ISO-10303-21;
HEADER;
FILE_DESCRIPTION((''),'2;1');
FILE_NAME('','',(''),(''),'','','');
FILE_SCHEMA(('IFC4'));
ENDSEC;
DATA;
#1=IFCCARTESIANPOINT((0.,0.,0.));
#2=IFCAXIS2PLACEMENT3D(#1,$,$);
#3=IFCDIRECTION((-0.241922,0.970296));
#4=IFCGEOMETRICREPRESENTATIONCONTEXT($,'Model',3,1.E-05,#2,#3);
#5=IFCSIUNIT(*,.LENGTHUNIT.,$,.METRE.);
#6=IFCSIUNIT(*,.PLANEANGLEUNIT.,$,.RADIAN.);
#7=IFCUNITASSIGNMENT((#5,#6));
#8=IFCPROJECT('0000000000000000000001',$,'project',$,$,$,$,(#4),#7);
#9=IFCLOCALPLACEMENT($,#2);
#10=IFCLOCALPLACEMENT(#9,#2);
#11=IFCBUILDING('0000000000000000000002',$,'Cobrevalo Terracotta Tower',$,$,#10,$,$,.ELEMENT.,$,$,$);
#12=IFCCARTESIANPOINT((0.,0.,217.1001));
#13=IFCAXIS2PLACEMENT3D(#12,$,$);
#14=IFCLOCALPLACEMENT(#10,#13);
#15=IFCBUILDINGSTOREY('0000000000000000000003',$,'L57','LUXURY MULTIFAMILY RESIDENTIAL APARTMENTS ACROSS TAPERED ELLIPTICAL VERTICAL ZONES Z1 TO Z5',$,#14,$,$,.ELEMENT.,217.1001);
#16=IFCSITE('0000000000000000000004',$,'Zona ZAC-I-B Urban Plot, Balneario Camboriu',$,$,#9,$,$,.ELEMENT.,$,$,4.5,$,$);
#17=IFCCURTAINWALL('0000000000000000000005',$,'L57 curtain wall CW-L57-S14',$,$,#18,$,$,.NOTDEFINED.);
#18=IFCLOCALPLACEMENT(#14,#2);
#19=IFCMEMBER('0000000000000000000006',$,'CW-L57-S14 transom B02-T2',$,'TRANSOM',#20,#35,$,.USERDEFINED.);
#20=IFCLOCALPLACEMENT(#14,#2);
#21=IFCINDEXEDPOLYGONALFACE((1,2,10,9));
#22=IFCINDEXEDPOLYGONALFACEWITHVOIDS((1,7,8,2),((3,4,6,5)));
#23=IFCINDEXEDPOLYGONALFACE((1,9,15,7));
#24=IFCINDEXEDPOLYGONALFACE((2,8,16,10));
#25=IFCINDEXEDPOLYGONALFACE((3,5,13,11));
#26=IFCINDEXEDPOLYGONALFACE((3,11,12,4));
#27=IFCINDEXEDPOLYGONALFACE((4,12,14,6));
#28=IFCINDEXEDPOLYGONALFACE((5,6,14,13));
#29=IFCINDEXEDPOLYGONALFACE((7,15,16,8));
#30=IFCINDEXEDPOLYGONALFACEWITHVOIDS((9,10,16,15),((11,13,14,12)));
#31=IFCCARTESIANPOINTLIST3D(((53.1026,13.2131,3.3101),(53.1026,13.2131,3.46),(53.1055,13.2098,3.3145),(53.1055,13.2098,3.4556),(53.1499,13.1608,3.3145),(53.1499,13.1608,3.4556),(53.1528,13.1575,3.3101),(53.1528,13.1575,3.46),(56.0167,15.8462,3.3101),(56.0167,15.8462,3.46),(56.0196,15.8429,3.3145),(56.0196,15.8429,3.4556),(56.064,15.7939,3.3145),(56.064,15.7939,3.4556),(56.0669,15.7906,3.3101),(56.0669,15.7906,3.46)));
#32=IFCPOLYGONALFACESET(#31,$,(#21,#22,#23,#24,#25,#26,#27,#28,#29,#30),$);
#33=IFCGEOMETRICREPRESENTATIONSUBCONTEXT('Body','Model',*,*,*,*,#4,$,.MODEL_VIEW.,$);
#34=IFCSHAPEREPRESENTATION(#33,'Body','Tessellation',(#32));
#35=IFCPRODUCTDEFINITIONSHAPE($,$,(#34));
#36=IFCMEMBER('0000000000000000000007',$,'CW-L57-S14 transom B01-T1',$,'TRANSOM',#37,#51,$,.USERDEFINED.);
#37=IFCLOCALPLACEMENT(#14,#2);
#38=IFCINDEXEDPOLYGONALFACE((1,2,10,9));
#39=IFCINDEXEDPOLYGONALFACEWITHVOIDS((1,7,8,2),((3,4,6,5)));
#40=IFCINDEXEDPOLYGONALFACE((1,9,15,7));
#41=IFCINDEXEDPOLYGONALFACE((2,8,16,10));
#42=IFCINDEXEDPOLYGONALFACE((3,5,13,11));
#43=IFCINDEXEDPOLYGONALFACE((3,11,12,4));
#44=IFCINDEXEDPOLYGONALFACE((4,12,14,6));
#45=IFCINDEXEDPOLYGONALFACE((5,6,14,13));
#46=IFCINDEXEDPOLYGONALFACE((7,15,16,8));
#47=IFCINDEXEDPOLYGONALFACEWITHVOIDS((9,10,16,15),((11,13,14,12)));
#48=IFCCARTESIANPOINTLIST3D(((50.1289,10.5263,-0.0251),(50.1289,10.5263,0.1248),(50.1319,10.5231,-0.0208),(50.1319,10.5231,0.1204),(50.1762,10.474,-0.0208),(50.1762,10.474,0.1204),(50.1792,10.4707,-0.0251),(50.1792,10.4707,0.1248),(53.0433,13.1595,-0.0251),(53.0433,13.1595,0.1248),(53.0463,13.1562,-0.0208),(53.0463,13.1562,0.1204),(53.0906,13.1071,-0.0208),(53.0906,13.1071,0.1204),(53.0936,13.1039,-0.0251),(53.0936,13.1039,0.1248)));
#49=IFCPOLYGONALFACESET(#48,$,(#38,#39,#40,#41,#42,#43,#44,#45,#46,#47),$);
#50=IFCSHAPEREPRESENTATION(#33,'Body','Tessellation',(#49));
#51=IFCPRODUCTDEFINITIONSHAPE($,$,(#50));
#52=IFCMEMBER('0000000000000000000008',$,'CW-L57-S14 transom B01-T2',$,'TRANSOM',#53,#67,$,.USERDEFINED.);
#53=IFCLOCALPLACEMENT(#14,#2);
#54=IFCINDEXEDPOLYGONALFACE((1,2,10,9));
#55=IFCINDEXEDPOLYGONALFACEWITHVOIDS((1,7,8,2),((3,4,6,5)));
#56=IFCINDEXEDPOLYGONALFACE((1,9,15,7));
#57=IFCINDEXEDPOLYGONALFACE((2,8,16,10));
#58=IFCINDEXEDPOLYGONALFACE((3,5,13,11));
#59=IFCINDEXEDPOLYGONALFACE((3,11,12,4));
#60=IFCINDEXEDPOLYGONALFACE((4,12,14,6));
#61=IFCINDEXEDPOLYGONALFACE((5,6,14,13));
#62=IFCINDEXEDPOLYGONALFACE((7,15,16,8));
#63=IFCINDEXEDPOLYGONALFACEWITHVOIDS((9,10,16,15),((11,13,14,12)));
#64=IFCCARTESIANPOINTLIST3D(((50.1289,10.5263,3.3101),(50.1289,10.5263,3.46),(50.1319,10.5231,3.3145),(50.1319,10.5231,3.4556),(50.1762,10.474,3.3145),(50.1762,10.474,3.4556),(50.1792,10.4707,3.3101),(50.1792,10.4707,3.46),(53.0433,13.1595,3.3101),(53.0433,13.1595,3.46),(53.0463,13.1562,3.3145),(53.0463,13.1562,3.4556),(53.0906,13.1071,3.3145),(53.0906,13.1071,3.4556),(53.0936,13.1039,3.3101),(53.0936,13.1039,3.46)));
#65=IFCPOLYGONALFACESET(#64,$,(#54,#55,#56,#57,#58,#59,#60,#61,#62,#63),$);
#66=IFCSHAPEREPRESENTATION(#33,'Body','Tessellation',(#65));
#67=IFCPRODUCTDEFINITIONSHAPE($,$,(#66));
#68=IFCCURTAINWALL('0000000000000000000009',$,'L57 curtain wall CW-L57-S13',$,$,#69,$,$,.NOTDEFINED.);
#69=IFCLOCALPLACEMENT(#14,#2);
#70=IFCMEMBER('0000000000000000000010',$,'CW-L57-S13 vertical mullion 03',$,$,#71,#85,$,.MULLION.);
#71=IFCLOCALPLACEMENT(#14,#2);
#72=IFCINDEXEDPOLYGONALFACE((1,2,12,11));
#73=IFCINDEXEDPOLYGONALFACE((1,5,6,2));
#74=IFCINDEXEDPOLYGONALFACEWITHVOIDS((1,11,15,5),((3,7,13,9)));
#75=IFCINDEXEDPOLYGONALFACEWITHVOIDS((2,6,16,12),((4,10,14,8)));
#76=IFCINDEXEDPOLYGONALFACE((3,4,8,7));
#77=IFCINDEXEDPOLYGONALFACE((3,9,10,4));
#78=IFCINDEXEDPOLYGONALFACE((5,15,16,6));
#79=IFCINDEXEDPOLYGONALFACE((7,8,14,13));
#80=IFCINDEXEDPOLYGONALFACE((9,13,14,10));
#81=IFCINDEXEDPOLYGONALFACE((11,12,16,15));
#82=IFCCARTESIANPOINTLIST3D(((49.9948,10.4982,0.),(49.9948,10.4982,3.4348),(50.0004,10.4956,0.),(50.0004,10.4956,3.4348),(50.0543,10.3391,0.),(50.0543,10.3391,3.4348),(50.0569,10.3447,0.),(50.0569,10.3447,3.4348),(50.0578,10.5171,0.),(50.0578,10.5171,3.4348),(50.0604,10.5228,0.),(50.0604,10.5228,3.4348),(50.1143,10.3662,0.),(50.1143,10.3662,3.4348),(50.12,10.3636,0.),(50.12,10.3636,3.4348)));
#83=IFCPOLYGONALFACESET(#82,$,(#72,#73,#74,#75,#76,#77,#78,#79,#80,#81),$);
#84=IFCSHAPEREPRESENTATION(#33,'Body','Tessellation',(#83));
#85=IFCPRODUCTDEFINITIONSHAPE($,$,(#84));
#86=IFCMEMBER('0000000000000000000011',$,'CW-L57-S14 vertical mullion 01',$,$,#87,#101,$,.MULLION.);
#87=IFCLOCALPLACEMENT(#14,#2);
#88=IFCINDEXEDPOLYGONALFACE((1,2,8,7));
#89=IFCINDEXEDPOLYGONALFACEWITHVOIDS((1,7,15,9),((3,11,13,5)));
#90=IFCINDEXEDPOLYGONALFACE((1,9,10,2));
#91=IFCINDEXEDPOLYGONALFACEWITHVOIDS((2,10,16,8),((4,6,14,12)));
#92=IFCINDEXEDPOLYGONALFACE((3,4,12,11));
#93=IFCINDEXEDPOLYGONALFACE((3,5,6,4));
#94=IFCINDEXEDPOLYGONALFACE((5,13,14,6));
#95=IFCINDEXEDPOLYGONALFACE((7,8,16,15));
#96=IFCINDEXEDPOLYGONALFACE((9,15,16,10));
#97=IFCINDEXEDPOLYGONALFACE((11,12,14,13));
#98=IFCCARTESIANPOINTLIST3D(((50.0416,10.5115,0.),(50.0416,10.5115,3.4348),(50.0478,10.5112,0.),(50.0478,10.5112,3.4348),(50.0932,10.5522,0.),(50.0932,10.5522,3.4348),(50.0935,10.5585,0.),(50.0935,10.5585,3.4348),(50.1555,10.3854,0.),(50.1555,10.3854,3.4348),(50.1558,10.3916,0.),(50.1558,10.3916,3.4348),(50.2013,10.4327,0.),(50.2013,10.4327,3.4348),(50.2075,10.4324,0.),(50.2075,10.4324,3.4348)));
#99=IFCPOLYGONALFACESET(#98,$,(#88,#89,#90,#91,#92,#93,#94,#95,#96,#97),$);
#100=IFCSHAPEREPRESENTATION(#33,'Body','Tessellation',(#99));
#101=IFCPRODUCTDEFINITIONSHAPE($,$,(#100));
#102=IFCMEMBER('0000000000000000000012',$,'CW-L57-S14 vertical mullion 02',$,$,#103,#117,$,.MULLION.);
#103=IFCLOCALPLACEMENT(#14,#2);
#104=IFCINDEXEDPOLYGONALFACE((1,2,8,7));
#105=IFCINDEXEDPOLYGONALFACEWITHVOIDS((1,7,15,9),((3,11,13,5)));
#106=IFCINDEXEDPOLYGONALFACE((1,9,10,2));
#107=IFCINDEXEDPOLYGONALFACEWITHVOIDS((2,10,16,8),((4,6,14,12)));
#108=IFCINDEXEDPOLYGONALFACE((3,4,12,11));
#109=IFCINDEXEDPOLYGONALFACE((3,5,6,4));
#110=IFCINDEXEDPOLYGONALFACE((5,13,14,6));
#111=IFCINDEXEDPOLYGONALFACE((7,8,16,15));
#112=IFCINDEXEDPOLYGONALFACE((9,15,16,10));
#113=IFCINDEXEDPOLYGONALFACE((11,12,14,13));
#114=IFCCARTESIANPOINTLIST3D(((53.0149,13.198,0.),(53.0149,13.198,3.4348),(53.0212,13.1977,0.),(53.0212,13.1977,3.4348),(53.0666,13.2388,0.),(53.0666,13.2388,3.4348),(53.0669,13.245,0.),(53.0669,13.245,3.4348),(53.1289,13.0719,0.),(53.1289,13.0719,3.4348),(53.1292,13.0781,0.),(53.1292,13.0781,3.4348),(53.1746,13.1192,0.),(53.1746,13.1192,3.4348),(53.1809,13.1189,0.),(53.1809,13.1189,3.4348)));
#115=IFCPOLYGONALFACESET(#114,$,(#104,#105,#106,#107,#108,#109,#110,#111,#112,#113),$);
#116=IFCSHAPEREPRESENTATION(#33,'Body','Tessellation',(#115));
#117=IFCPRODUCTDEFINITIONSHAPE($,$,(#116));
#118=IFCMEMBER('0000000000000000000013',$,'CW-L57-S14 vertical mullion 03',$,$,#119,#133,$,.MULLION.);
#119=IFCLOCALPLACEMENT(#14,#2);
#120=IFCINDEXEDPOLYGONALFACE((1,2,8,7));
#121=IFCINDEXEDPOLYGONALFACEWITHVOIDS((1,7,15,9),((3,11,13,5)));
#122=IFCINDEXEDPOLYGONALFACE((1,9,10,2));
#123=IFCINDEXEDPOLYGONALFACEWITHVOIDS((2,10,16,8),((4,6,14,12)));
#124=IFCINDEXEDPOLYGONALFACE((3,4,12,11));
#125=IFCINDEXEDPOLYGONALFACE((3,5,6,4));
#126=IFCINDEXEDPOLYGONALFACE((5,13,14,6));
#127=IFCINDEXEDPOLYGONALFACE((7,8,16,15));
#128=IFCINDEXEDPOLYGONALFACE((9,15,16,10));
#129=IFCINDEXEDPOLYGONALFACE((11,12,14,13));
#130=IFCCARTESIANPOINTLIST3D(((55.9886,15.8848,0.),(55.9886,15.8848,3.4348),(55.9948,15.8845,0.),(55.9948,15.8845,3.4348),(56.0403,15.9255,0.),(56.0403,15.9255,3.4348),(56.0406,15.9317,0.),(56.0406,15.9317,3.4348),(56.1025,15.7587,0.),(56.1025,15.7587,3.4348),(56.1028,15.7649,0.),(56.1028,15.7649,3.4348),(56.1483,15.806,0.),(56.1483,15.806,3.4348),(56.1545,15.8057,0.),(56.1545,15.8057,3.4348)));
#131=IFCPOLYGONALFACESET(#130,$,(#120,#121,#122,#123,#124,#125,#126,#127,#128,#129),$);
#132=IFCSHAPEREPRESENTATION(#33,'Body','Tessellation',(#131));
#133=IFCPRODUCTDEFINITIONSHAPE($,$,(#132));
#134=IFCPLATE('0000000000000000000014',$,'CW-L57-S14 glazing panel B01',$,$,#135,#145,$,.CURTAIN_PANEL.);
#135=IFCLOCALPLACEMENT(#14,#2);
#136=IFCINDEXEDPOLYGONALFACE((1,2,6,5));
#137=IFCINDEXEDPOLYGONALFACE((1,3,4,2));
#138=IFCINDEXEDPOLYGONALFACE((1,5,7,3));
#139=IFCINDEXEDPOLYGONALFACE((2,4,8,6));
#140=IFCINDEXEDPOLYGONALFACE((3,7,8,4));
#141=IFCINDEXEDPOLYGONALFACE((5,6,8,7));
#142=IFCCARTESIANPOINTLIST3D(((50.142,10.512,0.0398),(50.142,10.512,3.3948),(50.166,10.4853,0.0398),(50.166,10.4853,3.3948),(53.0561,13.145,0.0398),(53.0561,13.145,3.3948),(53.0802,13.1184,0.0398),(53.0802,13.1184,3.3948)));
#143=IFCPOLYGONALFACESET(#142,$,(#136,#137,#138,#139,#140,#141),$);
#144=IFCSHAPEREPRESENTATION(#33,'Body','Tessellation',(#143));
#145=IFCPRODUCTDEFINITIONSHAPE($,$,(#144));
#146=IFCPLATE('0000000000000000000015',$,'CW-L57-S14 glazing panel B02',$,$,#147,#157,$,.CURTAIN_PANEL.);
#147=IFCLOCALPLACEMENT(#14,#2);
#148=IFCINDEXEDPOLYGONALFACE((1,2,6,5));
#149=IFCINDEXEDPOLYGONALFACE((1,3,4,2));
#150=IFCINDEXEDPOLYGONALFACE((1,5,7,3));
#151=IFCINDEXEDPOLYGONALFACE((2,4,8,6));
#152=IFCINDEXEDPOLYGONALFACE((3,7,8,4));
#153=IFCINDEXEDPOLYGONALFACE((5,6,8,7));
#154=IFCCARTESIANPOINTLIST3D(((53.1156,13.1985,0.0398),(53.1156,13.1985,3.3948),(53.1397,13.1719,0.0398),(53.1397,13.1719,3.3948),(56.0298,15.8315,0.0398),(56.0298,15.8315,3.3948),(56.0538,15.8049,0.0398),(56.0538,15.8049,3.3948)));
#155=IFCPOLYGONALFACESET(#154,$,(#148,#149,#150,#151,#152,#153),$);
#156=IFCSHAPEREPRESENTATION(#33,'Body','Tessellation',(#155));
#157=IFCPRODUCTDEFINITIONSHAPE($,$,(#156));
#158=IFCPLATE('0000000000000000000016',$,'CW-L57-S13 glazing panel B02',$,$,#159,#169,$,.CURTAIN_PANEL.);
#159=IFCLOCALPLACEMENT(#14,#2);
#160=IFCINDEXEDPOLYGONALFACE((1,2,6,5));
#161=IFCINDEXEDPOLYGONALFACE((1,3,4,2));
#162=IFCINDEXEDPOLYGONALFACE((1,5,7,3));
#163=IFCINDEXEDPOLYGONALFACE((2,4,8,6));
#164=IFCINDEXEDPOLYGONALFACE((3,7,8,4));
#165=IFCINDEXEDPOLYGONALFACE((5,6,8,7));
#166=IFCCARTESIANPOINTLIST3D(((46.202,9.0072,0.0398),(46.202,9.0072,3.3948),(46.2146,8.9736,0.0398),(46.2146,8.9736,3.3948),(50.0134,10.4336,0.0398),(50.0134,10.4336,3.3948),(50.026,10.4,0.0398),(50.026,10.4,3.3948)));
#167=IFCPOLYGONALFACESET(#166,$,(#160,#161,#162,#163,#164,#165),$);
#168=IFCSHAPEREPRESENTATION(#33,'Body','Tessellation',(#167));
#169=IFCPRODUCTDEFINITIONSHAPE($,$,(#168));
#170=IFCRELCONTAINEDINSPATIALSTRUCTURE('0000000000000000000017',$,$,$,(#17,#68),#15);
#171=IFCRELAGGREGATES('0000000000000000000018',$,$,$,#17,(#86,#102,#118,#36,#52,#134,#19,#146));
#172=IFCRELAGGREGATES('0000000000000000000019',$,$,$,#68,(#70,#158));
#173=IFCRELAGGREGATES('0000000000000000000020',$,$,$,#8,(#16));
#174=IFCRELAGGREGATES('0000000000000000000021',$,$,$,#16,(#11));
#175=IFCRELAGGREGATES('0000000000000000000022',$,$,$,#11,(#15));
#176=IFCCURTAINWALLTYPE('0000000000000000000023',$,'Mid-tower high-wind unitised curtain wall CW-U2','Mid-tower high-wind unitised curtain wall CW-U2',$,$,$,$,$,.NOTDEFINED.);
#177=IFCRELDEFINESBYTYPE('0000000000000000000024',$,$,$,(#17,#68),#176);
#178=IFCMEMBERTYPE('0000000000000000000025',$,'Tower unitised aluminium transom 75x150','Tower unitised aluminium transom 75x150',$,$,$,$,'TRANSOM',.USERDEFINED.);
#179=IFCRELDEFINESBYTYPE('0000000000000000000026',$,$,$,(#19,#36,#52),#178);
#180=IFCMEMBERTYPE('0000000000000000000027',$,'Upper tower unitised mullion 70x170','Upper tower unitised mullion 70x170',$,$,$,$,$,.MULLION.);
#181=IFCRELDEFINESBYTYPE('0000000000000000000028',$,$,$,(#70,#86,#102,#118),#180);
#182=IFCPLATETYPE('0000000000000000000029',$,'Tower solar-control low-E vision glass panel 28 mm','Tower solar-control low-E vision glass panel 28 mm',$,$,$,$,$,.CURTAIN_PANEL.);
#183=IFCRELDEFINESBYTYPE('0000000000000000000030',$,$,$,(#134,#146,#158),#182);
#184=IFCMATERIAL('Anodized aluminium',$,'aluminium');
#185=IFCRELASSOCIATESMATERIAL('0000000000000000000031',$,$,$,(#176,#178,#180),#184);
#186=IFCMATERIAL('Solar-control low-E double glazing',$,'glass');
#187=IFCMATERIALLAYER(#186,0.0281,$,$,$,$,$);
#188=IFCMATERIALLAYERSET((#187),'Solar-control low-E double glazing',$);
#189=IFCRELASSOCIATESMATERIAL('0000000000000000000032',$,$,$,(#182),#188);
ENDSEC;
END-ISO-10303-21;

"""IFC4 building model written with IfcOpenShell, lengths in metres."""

from ifc_helpers import new_model, si_unit, direction, frame, origin, origin_2d, place, context, subcontext, project, spatial, rectangle, hollow_rectangle, extrude, source, transform, mapped, material, layer, layer_set, material_profile, profile_set, type_object, element, aggregate, save


model = new_model("IFC4")

# Units and contexts
model_context = context("Model", 3, precision=1e-05, world=origin(), true_north=direction((-0.241922, 0.970296)))
body_context = subcontext(model_context, "Body", "Model", "MODEL_VIEW")
ifc_project = project(units=[si_unit("LENGTHUNIT", "METRE"), si_unit("PLANEANGLEUNIT", "RADIAN")], contexts=[model_context])

# Site, building, storey
site_placement = place(None, origin())
site = spatial("IfcSite", under=ifc_project, at=site_placement, Name="Zona ZAC-I-B Urban Plot, Balneario Camboriu", CompositionType="ELEMENT", RefElevation=4.5)
building_placement = place(site_placement, origin())
building = spatial("IfcBuilding", under=site, at=building_placement, Name="Cobrevalo Terracotta Tower", CompositionType="ELEMENT")
storey_placement = place(building_placement, frame((0.0, 0.0, 217.1001)))
storey = spatial("IfcBuildingStorey", under=building, at=storey_placement, Name="L57", Description="LUXURY MULTIFAMILY RESIDENTIAL APARTMENTS ACROSS TAPERED ELLIPTICAL VERTICAL ZONES Z1 TO Z5", CompositionType="ELEMENT", Elevation=217.1001)

# Curtain wall, members
ifc_material_1 = material(Name="Anodized aluminium", Category="aluminium")
curtain_wall_type = type_object("IfcCurtainWallType", Name="Mid-tower high-wind unitised curtain wall CW-U2", Description="Mid-tower high-wind unitised curtain wall CW-U2", PredefinedType="NOTDEFINED", material=ifc_material_1)
curtain_wall_1_placement = place(storey_placement, origin())
curtain_wall_1 = element("IfcCurtainWall", 1, at=curtain_wall_1_placement, inside=storey, type_object=curtain_wall_type, Name="L57 curtain wall CW-L57-S14", PredefinedType="NOTDEFINED")
ifc_material_profile_1 = material_profile(ifc_material_1, hollow_rectangle(XDim=0.075, YDim=0.1499, WallThickness=0.0044, at=origin_2d()), Name="CWT 75x150")
ifc_profile_set_1 = profile_set([ifc_material_profile_1], Name="Anodized aluminium")
member_type_1 = type_object("IfcMemberType", Name="Tower unitised aluminium transom 75x150", Description="Tower unitised aluminium transom 75x150", ElementType="TRANSOM", PredefinedType="USERDEFINED", material=ifc_profile_set_1)
shared_shape_1 = source(origin(), body_context, "Body", "SweptSolid", [
    extrude(hollow_rectangle(XDim=0.075, YDim=0.1499, WallThickness=0.0044, at=origin_2d()), origin(), (0.0, 0.0, 1.0), 3.9275),
])
member_1_placement = place(storey_placement, frame((53.1277, 13.1853, 3.385), z_axis=(0.741976, 0.670426, 0.0), x_axis=(-0.670426, 0.741976, 0.0)))
member_1 = element("IfcMember", 2, at=member_1_placement, type_object=member_type_1, Name="CW-L57-S14 transom B02-T2", ObjectType="TRANSOM", PredefinedType="USERDEFINED", context=body_context, shape_type="MappedRepresentation", body=[
    mapped(shared_shape_1, transform((0.0, 0.0, 0.0), scale=1.0)),
])
shared_shape_2 = source(origin(), body_context, "Body", "SweptSolid", [
    extrude(hollow_rectangle(XDim=0.075, YDim=0.1499, WallThickness=0.0044, at=origin_2d()), origin(), (0.0, 0.0, 1.0), 3.9277),
])
member_2_placement = place(storey_placement, frame((50.1541, 10.4985, 0.0498), z_axis=(0.742004, 0.670396, 0.0), x_axis=(-0.670396, 0.742004, 0.0)))
member_2 = element("IfcMember", 3, at=member_2_placement, type_object=member_type_1, Name="CW-L57-S14 transom B01-T1", ObjectType="TRANSOM", PredefinedType="USERDEFINED", context=body_context, shape_type="MappedRepresentation", body=[
    mapped(shared_shape_2, transform((0.0, 0.0, 0.0), scale=1.0)),
])
member_3_placement = place(storey_placement, frame((50.1541, 10.4985, 3.385), z_axis=(0.742004, 0.670396, 0.0), x_axis=(-0.670396, 0.742004, 0.0)))
member_3 = element("IfcMember", 4, at=member_3_placement, type_object=member_type_1, Name="CW-L57-S14 transom B01-T2", ObjectType="TRANSOM", PredefinedType="USERDEFINED", context=body_context, shape_type="MappedRepresentation", body=[
    mapped(shared_shape_2, transform((0.0, 0.0, 0.0), scale=1.0)),
])

# Curtain wall, member
curtain_wall_2_placement = place(storey_placement, origin())
curtain_wall_2 = element("IfcCurtainWall", 5, at=curtain_wall_2_placement, inside=storey, type_object=curtain_wall_type, Name="L57 curtain wall CW-L57-S13", PredefinedType="NOTDEFINED")
ifc_material_profile_2 = material_profile(ifc_material_1, hollow_rectangle(XDim=0.0701, YDim=0.1699, WallThickness=0.0044, at=origin_2d()), Name="CWM 70x170")
ifc_profile_set_2 = profile_set([ifc_material_profile_2], Name="Anodized aluminium")
member_type_2 = type_object("IfcMemberType", Name="Upper tower unitised mullion 70x170", Description="Upper tower unitised mullion 70x170", PredefinedType="MULLION", material=ifc_profile_set_2)
shared_shape_3 = source(origin(), body_context, "Body", "SweptSolid", [
    extrude(hollow_rectangle(XDim=0.0701, YDim=0.1699, WallThickness=0.0044, at=origin_2d()), origin(), (0.0, 0.0, 1.0), 3.4348),
])
member_4_placement = place(storey_placement, frame((50.0574, 10.4309, 0.0), z_axis=(0.0, 0.0, 1.0), x_axis=(0.936556, 0.350518, 0.0)))
member_4 = element("IfcMember", 6, at=member_4_placement, type_object=member_type_2, Name="CW-L57-S13 vertical mullion 03", PredefinedType="MULLION", context=body_context, shape_type="MappedRepresentation", body=[
    mapped(shared_shape_3, transform((0.0, 0.0, 0.0), scale=1.0)),
])

# Members
member_5_placement = place(storey_placement, frame((50.1245, 10.4719, 0.0), z_axis=(0.0, 0.0, 1.0), x_axis=(0.741988, 0.670414, 0.0)))
member_5 = element("IfcMember", 7, at=member_5_placement, type_object=member_type_2, Name="CW-L57-S14 vertical mullion 01", PredefinedType="MULLION", context=body_context, shape_type="MappedRepresentation", body=[
    mapped(shared_shape_3, transform((0.0, 0.0, 0.0), scale=1.0)),
])
member_6_placement = place(storey_placement, frame((53.0979, 13.1584, 0.0), z_axis=(0.0, 0.0, 1.0), x_axis=(0.741988, 0.670414, 0.0)))
member_6 = element("IfcMember", 8, at=member_6_placement, type_object=member_type_2, Name="CW-L57-S14 vertical mullion 02", PredefinedType="MULLION", context=body_context, shape_type="MappedRepresentation", body=[
    mapped(shared_shape_3, transform((0.0, 0.0, 0.0), scale=1.0)),
])
member_7_placement = place(storey_placement, frame((56.0715, 15.8452, 0.0), z_axis=(0.0, 0.0, 1.0), x_axis=(0.741988, 0.670414, 0.0)))
member_7 = element("IfcMember", 9, at=member_7_placement, type_object=member_type_2, Name="CW-L57-S14 vertical mullion 03", PredefinedType="MULLION", context=body_context, shape_type="MappedRepresentation", body=[
    mapped(shared_shape_3, transform((0.0, 0.0, 0.0), scale=1.0)),
])

# Plates
ifc_material_2 = material(Name="Solar-control low-E double glazing", Category="glass")
ifc_layer_1 = layer(ifc_material_2, 0.0281)
ifc_layer_set_1 = layer_set([ifc_layer_1], Name="Solar-control low-E double glazing")
plate_type = type_object("IfcPlateType", Name="Tower solar-control low-E vision glass panel 28 mm", Description="Tower solar-control low-E vision glass panel 28 mm", PredefinedType="CURTAIN_PANEL", material=ifc_layer_set_1)
shared_shape_4 = source(origin(), body_context, "Body", "SweptSolid", [
    extrude(rectangle(XDim=3.9275, YDim=0.0359, at=origin_2d()), origin(), (0.0, 0.0, 1.0), 3.355),
])
plate_1_placement = place(storey_placement, frame((51.6111, 11.8152, 0.0398), z_axis=(0.0, 0.0, 1.0), x_axis=(0.741988, 0.670414, 0.0)))
plate_1 = element("IfcPlate", 10, at=plate_1_placement, type_object=plate_type, Name="CW-L57-S14 glazing panel B01", PredefinedType="CURTAIN_PANEL", context=body_context, shape_type="MappedRepresentation", body=[
    mapped(shared_shape_4, transform((0.0, 0.0, 0.0), scale=1.0)),
])
plate_2_placement = place(storey_placement, frame((54.5847, 14.5017, 0.0398), z_axis=(0.0, 0.0, 1.0), x_axis=(0.741988, 0.670414, 0.0)))
plate_2 = element("IfcPlate", 11, at=plate_2_placement, type_object=plate_type, Name="CW-L57-S14 glazing panel B02", PredefinedType="CURTAIN_PANEL", context=body_context, shape_type="MappedRepresentation", body=[
    mapped(shared_shape_4, transform((0.0, 0.0, 0.0), scale=1.0)),
])
aggregate(curtain_wall_1, [member_5, member_6, member_7, member_2, member_3, plate_1, member_1, plate_2])
shared_shape_5 = source(origin(), body_context, "Body", "SweptSolid", [
    extrude(rectangle(XDim=4.0696, YDim=0.0359, at=origin_2d()), origin(), (0.0, 0.0, 1.0), 3.355),
])
plate_3_placement = place(storey_placement, frame((48.114, 9.7036, 0.0398), z_axis=(0.0, 0.0, 1.0), x_axis=(0.936558, 0.350513, 0.0)))
plate_3 = element("IfcPlate", 12, at=plate_3_placement, type_object=plate_type, Name="CW-L57-S13 glazing panel B02", PredefinedType="CURTAIN_PANEL", context=body_context, shape_type="MappedRepresentation", body=[
    mapped(shared_shape_5, transform((0.0, 0.0, 0.0), scale=1.0)),
])
aggregate(curtain_wall_2, [member_4, plate_3])

save(model, "model.ifc")
